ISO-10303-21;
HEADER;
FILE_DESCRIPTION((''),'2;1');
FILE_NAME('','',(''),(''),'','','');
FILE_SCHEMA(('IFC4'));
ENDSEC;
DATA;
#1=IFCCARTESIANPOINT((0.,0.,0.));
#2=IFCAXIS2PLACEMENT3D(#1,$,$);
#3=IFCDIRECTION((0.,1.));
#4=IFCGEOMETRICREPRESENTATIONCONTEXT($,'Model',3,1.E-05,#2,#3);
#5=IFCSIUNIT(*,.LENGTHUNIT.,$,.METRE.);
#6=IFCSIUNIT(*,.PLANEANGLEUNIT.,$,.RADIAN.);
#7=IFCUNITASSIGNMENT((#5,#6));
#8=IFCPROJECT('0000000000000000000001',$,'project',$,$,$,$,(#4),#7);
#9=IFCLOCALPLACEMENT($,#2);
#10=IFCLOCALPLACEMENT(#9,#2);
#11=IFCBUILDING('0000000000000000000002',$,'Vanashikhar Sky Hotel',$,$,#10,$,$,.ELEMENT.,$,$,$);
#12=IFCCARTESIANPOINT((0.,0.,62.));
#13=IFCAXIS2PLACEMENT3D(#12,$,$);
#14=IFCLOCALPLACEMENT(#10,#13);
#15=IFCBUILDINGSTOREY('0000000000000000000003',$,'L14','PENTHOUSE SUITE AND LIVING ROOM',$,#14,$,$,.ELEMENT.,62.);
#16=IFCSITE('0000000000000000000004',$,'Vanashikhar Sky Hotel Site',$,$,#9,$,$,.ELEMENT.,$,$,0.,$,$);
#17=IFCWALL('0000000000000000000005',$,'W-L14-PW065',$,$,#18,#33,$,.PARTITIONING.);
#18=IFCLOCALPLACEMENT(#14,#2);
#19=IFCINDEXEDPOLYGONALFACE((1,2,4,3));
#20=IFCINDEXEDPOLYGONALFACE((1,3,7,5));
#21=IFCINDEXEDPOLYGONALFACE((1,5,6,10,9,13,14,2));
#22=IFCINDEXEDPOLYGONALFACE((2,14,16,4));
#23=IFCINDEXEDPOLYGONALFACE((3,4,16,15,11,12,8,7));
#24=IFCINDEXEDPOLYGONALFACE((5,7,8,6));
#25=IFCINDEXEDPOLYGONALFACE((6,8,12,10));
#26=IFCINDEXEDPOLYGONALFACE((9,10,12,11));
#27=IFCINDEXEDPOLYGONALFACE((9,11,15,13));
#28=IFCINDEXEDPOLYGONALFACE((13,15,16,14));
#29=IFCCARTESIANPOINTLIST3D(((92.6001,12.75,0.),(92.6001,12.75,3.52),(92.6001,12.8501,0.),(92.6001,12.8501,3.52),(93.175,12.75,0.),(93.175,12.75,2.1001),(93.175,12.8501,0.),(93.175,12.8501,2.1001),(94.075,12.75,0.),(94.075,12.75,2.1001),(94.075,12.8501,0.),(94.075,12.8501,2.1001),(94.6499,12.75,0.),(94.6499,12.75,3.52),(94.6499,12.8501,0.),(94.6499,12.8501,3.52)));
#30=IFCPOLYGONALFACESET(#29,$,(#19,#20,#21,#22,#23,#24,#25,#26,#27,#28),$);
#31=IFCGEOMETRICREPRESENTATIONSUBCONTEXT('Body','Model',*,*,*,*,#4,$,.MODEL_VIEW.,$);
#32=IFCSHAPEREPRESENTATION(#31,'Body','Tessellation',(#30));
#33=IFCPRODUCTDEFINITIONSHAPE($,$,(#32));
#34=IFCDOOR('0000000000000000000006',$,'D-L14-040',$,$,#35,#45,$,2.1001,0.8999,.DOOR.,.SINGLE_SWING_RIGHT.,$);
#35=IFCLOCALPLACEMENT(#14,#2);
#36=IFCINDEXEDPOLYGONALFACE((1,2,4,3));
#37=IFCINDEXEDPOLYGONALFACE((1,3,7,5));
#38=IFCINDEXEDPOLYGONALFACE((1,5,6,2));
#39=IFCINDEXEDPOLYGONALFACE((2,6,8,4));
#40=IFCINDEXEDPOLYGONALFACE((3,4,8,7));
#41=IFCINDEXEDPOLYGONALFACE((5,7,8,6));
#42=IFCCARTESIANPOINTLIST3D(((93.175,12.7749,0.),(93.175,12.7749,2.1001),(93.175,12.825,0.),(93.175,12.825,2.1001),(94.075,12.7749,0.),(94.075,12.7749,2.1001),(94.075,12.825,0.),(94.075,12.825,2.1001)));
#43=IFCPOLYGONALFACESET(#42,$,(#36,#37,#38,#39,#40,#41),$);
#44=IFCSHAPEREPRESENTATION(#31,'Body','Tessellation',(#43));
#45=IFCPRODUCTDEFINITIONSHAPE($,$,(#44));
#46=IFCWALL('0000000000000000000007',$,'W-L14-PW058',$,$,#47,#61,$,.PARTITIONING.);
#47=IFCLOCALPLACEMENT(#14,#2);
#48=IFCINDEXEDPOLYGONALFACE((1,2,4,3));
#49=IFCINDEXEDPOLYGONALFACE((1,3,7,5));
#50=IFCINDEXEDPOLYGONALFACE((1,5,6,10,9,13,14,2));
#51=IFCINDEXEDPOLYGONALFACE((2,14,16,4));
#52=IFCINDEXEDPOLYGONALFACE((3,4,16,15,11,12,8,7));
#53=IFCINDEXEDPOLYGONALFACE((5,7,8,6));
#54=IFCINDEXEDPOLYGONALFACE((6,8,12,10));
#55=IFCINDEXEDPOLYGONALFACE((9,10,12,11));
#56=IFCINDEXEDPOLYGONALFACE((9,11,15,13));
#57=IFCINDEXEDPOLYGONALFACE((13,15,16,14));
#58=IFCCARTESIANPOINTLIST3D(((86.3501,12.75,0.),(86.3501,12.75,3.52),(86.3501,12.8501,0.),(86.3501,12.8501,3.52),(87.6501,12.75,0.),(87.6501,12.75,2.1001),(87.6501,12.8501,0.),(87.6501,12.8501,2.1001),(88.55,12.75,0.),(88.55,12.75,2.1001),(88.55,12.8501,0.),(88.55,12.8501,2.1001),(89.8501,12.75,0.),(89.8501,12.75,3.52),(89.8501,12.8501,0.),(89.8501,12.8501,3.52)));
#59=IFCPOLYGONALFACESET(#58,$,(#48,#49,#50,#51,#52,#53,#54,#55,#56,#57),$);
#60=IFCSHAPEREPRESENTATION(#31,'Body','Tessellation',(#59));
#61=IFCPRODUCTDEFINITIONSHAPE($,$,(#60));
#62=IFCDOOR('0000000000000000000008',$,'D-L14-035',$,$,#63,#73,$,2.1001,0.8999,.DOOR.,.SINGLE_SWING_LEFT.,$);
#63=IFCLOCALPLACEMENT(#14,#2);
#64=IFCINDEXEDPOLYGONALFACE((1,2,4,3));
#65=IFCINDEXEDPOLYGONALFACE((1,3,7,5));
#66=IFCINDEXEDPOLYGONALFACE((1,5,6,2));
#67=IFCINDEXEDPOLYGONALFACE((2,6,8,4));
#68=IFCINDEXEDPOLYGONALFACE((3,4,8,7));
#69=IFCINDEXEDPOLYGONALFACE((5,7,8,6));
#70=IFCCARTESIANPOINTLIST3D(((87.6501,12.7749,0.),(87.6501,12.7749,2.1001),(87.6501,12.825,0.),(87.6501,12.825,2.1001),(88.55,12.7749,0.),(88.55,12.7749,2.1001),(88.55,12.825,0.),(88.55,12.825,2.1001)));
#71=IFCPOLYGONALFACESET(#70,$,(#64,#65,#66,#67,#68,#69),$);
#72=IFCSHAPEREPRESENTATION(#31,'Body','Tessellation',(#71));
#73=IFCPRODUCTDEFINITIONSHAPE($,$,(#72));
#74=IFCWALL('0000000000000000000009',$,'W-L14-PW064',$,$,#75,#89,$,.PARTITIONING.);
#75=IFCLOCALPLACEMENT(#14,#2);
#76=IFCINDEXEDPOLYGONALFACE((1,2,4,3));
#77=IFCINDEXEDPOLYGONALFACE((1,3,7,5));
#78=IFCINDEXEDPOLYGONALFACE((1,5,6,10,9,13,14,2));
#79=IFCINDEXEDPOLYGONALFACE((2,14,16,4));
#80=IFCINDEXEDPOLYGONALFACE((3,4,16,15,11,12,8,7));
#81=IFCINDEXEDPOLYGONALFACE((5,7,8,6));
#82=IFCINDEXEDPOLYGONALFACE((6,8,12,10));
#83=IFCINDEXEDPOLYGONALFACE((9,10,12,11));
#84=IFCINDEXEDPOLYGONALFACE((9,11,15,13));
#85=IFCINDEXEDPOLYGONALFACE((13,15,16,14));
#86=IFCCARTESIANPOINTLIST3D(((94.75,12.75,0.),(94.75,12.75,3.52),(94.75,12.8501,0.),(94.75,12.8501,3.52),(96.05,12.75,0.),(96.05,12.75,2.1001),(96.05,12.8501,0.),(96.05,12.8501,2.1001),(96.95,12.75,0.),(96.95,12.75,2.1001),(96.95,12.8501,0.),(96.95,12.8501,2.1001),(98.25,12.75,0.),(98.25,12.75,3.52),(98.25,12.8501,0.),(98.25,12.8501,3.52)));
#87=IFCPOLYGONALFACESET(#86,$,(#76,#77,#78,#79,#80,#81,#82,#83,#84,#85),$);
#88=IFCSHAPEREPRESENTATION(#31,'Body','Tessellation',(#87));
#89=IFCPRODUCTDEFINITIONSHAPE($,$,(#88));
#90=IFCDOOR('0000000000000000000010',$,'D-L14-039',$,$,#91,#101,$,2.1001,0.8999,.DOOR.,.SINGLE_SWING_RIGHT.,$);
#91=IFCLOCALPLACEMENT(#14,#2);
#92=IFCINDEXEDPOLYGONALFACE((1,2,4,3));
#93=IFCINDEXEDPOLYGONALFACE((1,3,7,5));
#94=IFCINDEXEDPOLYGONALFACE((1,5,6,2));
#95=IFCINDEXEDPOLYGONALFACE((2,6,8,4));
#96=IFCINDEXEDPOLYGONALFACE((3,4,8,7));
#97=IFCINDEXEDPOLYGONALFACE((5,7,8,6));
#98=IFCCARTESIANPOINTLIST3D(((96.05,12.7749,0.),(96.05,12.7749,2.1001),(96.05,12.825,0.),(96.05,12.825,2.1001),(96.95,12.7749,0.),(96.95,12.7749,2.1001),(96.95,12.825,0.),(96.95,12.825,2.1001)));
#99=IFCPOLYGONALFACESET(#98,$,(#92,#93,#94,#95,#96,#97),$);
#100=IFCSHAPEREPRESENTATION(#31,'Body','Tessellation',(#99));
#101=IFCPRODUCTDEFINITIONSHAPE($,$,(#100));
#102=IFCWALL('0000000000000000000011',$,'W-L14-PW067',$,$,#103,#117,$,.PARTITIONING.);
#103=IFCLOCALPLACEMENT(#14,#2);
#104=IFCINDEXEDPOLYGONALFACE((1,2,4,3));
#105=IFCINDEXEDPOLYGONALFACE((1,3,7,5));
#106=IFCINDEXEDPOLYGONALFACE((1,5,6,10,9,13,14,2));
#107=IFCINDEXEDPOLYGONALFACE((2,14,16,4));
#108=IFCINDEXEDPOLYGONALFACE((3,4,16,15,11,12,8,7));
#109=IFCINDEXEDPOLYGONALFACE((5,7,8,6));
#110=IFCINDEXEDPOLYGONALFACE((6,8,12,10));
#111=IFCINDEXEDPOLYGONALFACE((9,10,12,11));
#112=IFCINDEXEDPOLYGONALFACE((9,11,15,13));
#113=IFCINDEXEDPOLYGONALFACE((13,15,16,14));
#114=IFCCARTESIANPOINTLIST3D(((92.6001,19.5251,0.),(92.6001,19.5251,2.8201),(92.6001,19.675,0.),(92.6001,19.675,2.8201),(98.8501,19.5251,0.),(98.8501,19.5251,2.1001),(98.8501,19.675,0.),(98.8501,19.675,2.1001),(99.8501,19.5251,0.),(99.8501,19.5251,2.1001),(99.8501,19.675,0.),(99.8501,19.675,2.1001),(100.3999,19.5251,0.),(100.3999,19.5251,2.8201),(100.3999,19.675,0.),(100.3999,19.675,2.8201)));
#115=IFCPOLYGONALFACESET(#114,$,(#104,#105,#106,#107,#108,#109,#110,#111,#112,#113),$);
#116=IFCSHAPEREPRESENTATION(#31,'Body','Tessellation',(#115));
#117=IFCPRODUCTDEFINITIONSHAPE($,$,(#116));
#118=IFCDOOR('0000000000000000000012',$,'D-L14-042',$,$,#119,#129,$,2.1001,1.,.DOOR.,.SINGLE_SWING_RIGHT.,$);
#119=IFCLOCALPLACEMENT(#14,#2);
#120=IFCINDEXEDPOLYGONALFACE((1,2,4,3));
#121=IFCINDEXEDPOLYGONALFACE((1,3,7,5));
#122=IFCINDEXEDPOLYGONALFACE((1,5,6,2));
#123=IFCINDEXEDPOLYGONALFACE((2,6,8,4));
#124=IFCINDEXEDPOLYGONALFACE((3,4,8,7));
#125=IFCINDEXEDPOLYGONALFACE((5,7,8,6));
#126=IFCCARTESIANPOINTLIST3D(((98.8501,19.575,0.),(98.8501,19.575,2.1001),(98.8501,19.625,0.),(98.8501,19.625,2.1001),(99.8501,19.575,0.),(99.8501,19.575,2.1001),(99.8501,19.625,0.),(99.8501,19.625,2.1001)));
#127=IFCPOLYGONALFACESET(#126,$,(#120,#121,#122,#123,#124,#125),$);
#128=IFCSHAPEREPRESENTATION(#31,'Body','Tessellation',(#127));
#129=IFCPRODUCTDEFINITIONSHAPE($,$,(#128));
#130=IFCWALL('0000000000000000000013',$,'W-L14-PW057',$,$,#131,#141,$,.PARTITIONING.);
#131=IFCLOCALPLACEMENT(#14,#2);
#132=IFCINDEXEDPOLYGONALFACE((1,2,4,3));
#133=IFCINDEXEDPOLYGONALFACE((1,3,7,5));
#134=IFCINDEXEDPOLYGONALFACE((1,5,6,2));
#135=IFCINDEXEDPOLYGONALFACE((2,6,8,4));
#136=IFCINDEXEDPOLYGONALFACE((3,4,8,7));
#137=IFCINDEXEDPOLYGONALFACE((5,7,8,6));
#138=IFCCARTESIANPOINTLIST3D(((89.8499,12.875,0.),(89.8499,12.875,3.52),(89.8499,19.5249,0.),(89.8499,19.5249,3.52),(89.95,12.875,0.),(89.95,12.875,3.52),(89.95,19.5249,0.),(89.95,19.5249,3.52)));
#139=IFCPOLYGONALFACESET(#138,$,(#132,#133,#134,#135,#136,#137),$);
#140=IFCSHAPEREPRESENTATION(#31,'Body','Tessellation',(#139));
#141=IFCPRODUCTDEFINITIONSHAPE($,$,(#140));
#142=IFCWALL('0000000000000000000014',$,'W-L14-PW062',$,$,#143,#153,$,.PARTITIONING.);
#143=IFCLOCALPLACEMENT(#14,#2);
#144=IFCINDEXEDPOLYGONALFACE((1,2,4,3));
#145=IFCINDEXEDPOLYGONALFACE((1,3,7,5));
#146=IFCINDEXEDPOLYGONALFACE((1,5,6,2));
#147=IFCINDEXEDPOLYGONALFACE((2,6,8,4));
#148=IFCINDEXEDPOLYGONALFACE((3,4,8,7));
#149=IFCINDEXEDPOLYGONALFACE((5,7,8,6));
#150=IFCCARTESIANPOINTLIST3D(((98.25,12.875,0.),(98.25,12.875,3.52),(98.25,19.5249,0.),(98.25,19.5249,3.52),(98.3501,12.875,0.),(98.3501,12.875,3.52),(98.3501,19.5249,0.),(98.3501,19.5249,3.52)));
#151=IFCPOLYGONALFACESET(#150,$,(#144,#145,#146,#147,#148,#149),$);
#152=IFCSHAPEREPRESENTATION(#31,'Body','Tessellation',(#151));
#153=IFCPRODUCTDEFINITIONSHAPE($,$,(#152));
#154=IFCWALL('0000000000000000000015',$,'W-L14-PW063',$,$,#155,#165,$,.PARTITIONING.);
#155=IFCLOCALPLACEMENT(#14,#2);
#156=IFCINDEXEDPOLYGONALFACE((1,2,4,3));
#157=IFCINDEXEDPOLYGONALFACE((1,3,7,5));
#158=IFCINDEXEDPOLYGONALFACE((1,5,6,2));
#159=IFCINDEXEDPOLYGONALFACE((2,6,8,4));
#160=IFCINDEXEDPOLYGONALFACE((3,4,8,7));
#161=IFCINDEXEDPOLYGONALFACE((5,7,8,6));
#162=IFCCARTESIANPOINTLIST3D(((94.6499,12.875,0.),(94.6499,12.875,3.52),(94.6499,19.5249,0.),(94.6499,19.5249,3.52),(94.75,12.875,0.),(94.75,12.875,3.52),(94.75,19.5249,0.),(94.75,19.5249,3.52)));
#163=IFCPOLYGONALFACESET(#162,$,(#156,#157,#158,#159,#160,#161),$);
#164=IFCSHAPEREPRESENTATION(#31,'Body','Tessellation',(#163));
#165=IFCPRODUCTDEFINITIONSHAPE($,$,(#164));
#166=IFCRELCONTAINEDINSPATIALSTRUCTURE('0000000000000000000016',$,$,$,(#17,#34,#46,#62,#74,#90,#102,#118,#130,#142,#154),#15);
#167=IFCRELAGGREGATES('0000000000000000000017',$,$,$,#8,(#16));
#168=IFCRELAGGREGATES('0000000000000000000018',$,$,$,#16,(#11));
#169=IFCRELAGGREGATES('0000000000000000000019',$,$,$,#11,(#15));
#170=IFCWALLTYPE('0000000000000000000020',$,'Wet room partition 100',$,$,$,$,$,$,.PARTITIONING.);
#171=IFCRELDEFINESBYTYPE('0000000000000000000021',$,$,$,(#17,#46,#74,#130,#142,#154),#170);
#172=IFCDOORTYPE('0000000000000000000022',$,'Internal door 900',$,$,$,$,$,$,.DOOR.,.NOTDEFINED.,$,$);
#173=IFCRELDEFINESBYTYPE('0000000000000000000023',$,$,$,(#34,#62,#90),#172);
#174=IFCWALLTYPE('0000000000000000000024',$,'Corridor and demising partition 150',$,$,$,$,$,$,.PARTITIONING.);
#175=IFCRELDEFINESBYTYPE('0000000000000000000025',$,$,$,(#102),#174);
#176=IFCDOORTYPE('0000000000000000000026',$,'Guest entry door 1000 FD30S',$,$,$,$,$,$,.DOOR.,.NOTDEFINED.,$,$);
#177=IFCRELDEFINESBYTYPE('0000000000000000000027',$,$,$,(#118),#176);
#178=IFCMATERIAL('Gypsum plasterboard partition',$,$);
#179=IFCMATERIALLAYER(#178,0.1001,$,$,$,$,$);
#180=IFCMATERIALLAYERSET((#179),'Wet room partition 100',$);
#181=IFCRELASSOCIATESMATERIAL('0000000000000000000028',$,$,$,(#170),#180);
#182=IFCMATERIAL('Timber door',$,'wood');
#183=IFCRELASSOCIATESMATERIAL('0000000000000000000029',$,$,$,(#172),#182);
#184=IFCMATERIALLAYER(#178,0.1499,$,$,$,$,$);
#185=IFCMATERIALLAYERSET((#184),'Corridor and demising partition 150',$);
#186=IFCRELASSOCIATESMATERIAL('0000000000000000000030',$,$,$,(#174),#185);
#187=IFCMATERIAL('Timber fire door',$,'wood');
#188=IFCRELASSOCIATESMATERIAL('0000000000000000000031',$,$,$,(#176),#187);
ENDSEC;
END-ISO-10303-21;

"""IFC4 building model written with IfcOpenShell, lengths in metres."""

from ifc_helpers import new_model, si_unit, direction, frame, frame_2d, origin, place, context, subcontext, project, spatial, rectangle, extrude, source, transform, mapped, material, layer, layer_set, type_object, element, fill, save


model = new_model("IFC4")

# Units and contexts
model_context = context("Model", 3, precision=1e-05, world=origin(), true_north=direction((0.0, 1.0)))
body_context = subcontext(model_context, "Body", "Model", "MODEL_VIEW")
ifc_project = project(units=[si_unit("LENGTHUNIT", "METRE"), si_unit("PLANEANGLEUNIT", "RADIAN")], contexts=[model_context])

# Site, building, storey
site_placement = place(None, origin())
site = spatial("IfcSite", under=ifc_project, at=site_placement, Name="Vanashikhar Sky Hotel Site", CompositionType="ELEMENT", RefElevation=0.0)
building_placement = place(site_placement, origin())
building = spatial("IfcBuilding", under=site, at=building_placement, Name="Vanashikhar Sky Hotel", CompositionType="ELEMENT")
storey_placement = place(building_placement, frame((0.0, 0.0, 62.0)))
storey = spatial("IfcBuildingStorey", under=building, at=storey_placement, Name="L14", Description="PENTHOUSE SUITE AND LIVING ROOM", CompositionType="ELEMENT", Elevation=62.0)

# Walls, openings, doors
ifc_material_1 = material(Name="Gypsum plasterboard partition")
ifc_layer_1 = layer(ifc_material_1, 0.1001)
ifc_layer_set_1 = layer_set([ifc_layer_1], Name="Wet room partition 100")
wall_type_1 = type_object("IfcWallType", Name="Wet room partition 100", PredefinedType="PARTITIONING", material=ifc_layer_set_1)
shared_shape_1 = source(origin(), body_context, "Body", "SweptSolid", [
    extrude(rectangle(XDim=2.0498, YDim=0.1001, at=frame_2d((1.0249, 0.0))), origin(), (0.0, 0.0, 1.0), 3.52),
])
wall_1_placement = place(storey_placement, frame((92.6001, 12.8, 0.0), z_axis=(0.0, 0.0, 1.0), x_axis=(1.0, 0.0, 0.0)))
wall_1 = element("IfcWall", 1, at=wall_1_placement, inside=storey, type_object=wall_type_1, Name="W-L14-PW065", PredefinedType="PARTITIONING", context=body_context, shape_type="MappedRepresentation", body=[
    mapped(shared_shape_1, transform((0.0, 0.0, 0.0), scale=1.0)),
])
shared_shape_2 = source(origin(), body_context, "Body", "SweptSolid", [
    extrude(rectangle(XDim=0.8999, YDim=2.1001, at=frame_2d((0.45, 1.05))), frame((0.0, 0.0601, 0.0), z_axis=(0.0, -1.0, 0.0), x_axis=(1.0, 0.0, 0.0)), (0.0, 0.0, 1.0), 0.1201),
])
opening_1_placement = place(wall_1_placement, frame((0.575, 0.0, 0.0)))
opening_1 = element("IfcOpeningElement", 2, at=opening_1_placement, cuts=wall_1, PredefinedType="OPENING", context=body_context, shape_type="MappedRepresentation", body=[
    mapped(shared_shape_2, transform((0.0, 0.0, 0.0), scale=1.0)),
])
ifc_material_2 = material(Name="Timber door", Category="wood")
door_type_1 = type_object("IfcDoorType", Name="Internal door 900", OperationType="NOTDEFINED", PredefinedType="DOOR", material=ifc_material_2)
shared_shape_3 = source(origin(), body_context, "Body", "SweptSolid", [
    extrude(rectangle(XDim=0.8999, YDim=2.1001, at=frame_2d((0.45, 1.05))), frame((0.0, 0.0249, 0.0), z_axis=(0.0, -1.0, 0.0), x_axis=(1.0, 0.0, 0.0)), (0.0, 0.0, 1.0), 0.05),
])
door_1_placement = place(opening_1_placement, origin())
door_1 = element("IfcDoor", 3, at=door_1_placement, inside=storey, type_object=door_type_1, Name="D-L14-040", OperationType="SINGLE_SWING_RIGHT", OverallHeight=2.1001, OverallWidth=0.8999, PredefinedType="DOOR", context=body_context, shape_type="MappedRepresentation", body=[
    mapped(shared_shape_3, transform((0.0, 0.0, 0.0), scale=1.0)),
])
fill(opening_1, door_1)
shared_shape_4 = source(origin(), body_context, "Body", "SweptSolid", [
    extrude(rectangle(XDim=3.5, YDim=0.1001, at=frame_2d((1.75, 0.0))), origin(), (0.0, 0.0, 1.0), 3.52),
])
wall_2_placement = place(storey_placement, frame((86.3501, 12.8, 0.0), z_axis=(0.0, 0.0, 1.0), x_axis=(1.0, 0.0, 0.0)))
wall_2 = element("IfcWall", 4, at=wall_2_placement, inside=storey, type_object=wall_type_1, Name="W-L14-PW058", PredefinedType="PARTITIONING", context=body_context, shape_type="MappedRepresentation", body=[
    mapped(shared_shape_4, transform((0.0, 0.0, 0.0), scale=1.0)),
])
opening_2_placement = place(wall_2_placement, frame((1.3, 0.0, 0.0)))
opening_2 = element("IfcOpeningElement", 5, at=opening_2_placement, cuts=wall_2, PredefinedType="OPENING", context=body_context, shape_type="MappedRepresentation", body=[
    mapped(shared_shape_2, transform((0.0, 0.0, 0.0), scale=1.0)),
])
door_2_placement = place(opening_2_placement, origin())
door_2 = element("IfcDoor", 6, at=door_2_placement, inside=storey, type_object=door_type_1, Name="D-L14-035", OperationType="SINGLE_SWING_LEFT", OverallHeight=2.1001, OverallWidth=0.8999, PredefinedType="DOOR", context=body_context, shape_type="MappedRepresentation", body=[
    mapped(shared_shape_3, transform((0.0, 0.0, 0.0), scale=1.0)),
])
fill(opening_2, door_2)
wall_3_placement = place(storey_placement, frame((94.75, 12.8, 0.0), z_axis=(0.0, 0.0, 1.0), x_axis=(1.0, 0.0, 0.0)))
wall_3 = element("IfcWall", 7, at=wall_3_placement, inside=storey, type_object=wall_type_1, Name="W-L14-PW064", PredefinedType="PARTITIONING", context=body_context, shape_type="MappedRepresentation", body=[
    mapped(shared_shape_4, transform((0.0, 0.0, 0.0), scale=1.0)),
])
opening_3_placement = place(wall_3_placement, frame((1.3, 0.0, 0.0)))
opening_3 = element("IfcOpeningElement", 8, at=opening_3_placement, cuts=wall_3, PredefinedType="OPENING", context=body_context, shape_type="MappedRepresentation", body=[
    mapped(shared_shape_2, transform((0.0, 0.0, 0.0), scale=1.0)),
])
door_3_placement = place(opening_3_placement, origin())
door_3 = element("IfcDoor", 9, at=door_3_placement, inside=storey, type_object=door_type_1, Name="D-L14-039", OperationType="SINGLE_SWING_RIGHT", OverallHeight=2.1001, OverallWidth=0.8999, PredefinedType="DOOR", context=body_context, shape_type="MappedRepresentation", body=[
    mapped(shared_shape_3, transform((0.0, 0.0, 0.0), scale=1.0)),
])
fill(opening_3, door_3)
ifc_layer_2 = layer(ifc_material_1, 0.1499)
ifc_layer_set_2 = layer_set([ifc_layer_2], Name="Corridor and demising partition 150")
wall_type_2 = type_object("IfcWallType", Name="Corridor and demising partition 150", PredefinedType="PARTITIONING", material=ifc_layer_set_2)
shared_shape_5 = source(origin(), body_context, "Body", "SweptSolid", [
    extrude(rectangle(XDim=7.7998, YDim=0.1499, at=frame_2d((3.8999, 0.0))), origin(), (0.0, 0.0, 1.0), 2.8201),
])
wall_4_placement = place(storey_placement, frame((92.6001, 19.6001, 0.0), z_axis=(0.0, 0.0, 1.0), x_axis=(1.0, 0.0, 0.0)))
wall_4 = element("IfcWall", 10, at=wall_4_placement, inside=storey, type_object=wall_type_2, Name="W-L14-PW067", PredefinedType="PARTITIONING", context=body_context, shape_type="MappedRepresentation", body=[
    mapped(shared_shape_5, transform((0.0, 0.0, 0.0), scale=1.0)),
])
shared_shape_6 = source(origin(), body_context, "Body", "SweptSolid", [
    extrude(rectangle(XDim=1.0, YDim=2.1001, at=frame_2d((0.5, 1.05))), frame((0.0, 0.085, 0.0), z_axis=(0.0, -1.0, 0.0), x_axis=(1.0, 0.0, 0.0)), (0.0, 0.0, 1.0), 0.1699),
])
opening_4_placement = place(wall_4_placement, frame((6.25, 0.0, 0.0)))
opening_4 = element("IfcOpeningElement", 11, at=opening_4_placement, cuts=wall_4, PredefinedType="OPENING", context=body_context, shape_type="MappedRepresentation", body=[
    mapped(shared_shape_6, transform((0.0, 0.0, 0.0), scale=1.0)),
])
ifc_material_3 = material(Name="Timber fire door", Category="wood")
door_type_2 = type_object("IfcDoorType", Name="Guest entry door 1000 FD30S", OperationType="NOTDEFINED", PredefinedType="DOOR", material=ifc_material_3)
shared_shape_7 = source(origin(), body_context, "Body", "SweptSolid", [
    extrude(rectangle(XDim=1.0, YDim=2.1001, at=frame_2d((0.5, 1.05))), frame((0.0, 0.0249, 0.0), z_axis=(0.0, -1.0, 0.0), x_axis=(1.0, 0.0, 0.0)), (0.0, 0.0, 1.0), 0.05),
])
door_4_placement = place(opening_4_placement, origin())
door_4 = element("IfcDoor", 12, at=door_4_placement, inside=storey, type_object=door_type_2, Name="D-L14-042", OperationType="SINGLE_SWING_RIGHT", OverallHeight=2.1001, OverallWidth=1.0, PredefinedType="DOOR", context=body_context, shape_type="MappedRepresentation", body=[
    mapped(shared_shape_7, transform((0.0, 0.0, 0.0), scale=1.0)),
])
fill(opening_4, door_4)

# Walls
shared_shape_8 = source(origin(), body_context, "Body", "SweptSolid", [
    extrude(rectangle(XDim=6.6499, YDim=0.1001, at=frame_2d((3.325, 0.0))), origin(), (0.0, 0.0, 1.0), 3.52),
])
for number, where, z_axis, x_axis, name in (
    (13, (89.8999, 12.875, 0.0), (0.0, 0.0, 1.0), (0.0, 1.0, 0.0), "W-L14-PW057"),
    (14, (98.3, 12.875, 0.0), (0.0, 0.0, 1.0), (0.0, 1.0, 0.0), "W-L14-PW062"),
    (15, (94.7, 12.875, 0.0), (0.0, 0.0, 1.0), (0.0, 1.0, 0.0), "W-L14-PW063"),
):
    element("IfcWall", number, at=place(storey_placement, frame(where, z_axis=z_axis, x_axis=x_axis)), inside=storey, type_object=wall_type_1, Name=name, PredefinedType="PARTITIONING", context=body_context, shape_type="MappedRepresentation", body=[
        mapped(shared_shape_8, transform((0.0, 0.0, 0.0), scale=1.0)),
    ])

save(model, "model.ifc")
